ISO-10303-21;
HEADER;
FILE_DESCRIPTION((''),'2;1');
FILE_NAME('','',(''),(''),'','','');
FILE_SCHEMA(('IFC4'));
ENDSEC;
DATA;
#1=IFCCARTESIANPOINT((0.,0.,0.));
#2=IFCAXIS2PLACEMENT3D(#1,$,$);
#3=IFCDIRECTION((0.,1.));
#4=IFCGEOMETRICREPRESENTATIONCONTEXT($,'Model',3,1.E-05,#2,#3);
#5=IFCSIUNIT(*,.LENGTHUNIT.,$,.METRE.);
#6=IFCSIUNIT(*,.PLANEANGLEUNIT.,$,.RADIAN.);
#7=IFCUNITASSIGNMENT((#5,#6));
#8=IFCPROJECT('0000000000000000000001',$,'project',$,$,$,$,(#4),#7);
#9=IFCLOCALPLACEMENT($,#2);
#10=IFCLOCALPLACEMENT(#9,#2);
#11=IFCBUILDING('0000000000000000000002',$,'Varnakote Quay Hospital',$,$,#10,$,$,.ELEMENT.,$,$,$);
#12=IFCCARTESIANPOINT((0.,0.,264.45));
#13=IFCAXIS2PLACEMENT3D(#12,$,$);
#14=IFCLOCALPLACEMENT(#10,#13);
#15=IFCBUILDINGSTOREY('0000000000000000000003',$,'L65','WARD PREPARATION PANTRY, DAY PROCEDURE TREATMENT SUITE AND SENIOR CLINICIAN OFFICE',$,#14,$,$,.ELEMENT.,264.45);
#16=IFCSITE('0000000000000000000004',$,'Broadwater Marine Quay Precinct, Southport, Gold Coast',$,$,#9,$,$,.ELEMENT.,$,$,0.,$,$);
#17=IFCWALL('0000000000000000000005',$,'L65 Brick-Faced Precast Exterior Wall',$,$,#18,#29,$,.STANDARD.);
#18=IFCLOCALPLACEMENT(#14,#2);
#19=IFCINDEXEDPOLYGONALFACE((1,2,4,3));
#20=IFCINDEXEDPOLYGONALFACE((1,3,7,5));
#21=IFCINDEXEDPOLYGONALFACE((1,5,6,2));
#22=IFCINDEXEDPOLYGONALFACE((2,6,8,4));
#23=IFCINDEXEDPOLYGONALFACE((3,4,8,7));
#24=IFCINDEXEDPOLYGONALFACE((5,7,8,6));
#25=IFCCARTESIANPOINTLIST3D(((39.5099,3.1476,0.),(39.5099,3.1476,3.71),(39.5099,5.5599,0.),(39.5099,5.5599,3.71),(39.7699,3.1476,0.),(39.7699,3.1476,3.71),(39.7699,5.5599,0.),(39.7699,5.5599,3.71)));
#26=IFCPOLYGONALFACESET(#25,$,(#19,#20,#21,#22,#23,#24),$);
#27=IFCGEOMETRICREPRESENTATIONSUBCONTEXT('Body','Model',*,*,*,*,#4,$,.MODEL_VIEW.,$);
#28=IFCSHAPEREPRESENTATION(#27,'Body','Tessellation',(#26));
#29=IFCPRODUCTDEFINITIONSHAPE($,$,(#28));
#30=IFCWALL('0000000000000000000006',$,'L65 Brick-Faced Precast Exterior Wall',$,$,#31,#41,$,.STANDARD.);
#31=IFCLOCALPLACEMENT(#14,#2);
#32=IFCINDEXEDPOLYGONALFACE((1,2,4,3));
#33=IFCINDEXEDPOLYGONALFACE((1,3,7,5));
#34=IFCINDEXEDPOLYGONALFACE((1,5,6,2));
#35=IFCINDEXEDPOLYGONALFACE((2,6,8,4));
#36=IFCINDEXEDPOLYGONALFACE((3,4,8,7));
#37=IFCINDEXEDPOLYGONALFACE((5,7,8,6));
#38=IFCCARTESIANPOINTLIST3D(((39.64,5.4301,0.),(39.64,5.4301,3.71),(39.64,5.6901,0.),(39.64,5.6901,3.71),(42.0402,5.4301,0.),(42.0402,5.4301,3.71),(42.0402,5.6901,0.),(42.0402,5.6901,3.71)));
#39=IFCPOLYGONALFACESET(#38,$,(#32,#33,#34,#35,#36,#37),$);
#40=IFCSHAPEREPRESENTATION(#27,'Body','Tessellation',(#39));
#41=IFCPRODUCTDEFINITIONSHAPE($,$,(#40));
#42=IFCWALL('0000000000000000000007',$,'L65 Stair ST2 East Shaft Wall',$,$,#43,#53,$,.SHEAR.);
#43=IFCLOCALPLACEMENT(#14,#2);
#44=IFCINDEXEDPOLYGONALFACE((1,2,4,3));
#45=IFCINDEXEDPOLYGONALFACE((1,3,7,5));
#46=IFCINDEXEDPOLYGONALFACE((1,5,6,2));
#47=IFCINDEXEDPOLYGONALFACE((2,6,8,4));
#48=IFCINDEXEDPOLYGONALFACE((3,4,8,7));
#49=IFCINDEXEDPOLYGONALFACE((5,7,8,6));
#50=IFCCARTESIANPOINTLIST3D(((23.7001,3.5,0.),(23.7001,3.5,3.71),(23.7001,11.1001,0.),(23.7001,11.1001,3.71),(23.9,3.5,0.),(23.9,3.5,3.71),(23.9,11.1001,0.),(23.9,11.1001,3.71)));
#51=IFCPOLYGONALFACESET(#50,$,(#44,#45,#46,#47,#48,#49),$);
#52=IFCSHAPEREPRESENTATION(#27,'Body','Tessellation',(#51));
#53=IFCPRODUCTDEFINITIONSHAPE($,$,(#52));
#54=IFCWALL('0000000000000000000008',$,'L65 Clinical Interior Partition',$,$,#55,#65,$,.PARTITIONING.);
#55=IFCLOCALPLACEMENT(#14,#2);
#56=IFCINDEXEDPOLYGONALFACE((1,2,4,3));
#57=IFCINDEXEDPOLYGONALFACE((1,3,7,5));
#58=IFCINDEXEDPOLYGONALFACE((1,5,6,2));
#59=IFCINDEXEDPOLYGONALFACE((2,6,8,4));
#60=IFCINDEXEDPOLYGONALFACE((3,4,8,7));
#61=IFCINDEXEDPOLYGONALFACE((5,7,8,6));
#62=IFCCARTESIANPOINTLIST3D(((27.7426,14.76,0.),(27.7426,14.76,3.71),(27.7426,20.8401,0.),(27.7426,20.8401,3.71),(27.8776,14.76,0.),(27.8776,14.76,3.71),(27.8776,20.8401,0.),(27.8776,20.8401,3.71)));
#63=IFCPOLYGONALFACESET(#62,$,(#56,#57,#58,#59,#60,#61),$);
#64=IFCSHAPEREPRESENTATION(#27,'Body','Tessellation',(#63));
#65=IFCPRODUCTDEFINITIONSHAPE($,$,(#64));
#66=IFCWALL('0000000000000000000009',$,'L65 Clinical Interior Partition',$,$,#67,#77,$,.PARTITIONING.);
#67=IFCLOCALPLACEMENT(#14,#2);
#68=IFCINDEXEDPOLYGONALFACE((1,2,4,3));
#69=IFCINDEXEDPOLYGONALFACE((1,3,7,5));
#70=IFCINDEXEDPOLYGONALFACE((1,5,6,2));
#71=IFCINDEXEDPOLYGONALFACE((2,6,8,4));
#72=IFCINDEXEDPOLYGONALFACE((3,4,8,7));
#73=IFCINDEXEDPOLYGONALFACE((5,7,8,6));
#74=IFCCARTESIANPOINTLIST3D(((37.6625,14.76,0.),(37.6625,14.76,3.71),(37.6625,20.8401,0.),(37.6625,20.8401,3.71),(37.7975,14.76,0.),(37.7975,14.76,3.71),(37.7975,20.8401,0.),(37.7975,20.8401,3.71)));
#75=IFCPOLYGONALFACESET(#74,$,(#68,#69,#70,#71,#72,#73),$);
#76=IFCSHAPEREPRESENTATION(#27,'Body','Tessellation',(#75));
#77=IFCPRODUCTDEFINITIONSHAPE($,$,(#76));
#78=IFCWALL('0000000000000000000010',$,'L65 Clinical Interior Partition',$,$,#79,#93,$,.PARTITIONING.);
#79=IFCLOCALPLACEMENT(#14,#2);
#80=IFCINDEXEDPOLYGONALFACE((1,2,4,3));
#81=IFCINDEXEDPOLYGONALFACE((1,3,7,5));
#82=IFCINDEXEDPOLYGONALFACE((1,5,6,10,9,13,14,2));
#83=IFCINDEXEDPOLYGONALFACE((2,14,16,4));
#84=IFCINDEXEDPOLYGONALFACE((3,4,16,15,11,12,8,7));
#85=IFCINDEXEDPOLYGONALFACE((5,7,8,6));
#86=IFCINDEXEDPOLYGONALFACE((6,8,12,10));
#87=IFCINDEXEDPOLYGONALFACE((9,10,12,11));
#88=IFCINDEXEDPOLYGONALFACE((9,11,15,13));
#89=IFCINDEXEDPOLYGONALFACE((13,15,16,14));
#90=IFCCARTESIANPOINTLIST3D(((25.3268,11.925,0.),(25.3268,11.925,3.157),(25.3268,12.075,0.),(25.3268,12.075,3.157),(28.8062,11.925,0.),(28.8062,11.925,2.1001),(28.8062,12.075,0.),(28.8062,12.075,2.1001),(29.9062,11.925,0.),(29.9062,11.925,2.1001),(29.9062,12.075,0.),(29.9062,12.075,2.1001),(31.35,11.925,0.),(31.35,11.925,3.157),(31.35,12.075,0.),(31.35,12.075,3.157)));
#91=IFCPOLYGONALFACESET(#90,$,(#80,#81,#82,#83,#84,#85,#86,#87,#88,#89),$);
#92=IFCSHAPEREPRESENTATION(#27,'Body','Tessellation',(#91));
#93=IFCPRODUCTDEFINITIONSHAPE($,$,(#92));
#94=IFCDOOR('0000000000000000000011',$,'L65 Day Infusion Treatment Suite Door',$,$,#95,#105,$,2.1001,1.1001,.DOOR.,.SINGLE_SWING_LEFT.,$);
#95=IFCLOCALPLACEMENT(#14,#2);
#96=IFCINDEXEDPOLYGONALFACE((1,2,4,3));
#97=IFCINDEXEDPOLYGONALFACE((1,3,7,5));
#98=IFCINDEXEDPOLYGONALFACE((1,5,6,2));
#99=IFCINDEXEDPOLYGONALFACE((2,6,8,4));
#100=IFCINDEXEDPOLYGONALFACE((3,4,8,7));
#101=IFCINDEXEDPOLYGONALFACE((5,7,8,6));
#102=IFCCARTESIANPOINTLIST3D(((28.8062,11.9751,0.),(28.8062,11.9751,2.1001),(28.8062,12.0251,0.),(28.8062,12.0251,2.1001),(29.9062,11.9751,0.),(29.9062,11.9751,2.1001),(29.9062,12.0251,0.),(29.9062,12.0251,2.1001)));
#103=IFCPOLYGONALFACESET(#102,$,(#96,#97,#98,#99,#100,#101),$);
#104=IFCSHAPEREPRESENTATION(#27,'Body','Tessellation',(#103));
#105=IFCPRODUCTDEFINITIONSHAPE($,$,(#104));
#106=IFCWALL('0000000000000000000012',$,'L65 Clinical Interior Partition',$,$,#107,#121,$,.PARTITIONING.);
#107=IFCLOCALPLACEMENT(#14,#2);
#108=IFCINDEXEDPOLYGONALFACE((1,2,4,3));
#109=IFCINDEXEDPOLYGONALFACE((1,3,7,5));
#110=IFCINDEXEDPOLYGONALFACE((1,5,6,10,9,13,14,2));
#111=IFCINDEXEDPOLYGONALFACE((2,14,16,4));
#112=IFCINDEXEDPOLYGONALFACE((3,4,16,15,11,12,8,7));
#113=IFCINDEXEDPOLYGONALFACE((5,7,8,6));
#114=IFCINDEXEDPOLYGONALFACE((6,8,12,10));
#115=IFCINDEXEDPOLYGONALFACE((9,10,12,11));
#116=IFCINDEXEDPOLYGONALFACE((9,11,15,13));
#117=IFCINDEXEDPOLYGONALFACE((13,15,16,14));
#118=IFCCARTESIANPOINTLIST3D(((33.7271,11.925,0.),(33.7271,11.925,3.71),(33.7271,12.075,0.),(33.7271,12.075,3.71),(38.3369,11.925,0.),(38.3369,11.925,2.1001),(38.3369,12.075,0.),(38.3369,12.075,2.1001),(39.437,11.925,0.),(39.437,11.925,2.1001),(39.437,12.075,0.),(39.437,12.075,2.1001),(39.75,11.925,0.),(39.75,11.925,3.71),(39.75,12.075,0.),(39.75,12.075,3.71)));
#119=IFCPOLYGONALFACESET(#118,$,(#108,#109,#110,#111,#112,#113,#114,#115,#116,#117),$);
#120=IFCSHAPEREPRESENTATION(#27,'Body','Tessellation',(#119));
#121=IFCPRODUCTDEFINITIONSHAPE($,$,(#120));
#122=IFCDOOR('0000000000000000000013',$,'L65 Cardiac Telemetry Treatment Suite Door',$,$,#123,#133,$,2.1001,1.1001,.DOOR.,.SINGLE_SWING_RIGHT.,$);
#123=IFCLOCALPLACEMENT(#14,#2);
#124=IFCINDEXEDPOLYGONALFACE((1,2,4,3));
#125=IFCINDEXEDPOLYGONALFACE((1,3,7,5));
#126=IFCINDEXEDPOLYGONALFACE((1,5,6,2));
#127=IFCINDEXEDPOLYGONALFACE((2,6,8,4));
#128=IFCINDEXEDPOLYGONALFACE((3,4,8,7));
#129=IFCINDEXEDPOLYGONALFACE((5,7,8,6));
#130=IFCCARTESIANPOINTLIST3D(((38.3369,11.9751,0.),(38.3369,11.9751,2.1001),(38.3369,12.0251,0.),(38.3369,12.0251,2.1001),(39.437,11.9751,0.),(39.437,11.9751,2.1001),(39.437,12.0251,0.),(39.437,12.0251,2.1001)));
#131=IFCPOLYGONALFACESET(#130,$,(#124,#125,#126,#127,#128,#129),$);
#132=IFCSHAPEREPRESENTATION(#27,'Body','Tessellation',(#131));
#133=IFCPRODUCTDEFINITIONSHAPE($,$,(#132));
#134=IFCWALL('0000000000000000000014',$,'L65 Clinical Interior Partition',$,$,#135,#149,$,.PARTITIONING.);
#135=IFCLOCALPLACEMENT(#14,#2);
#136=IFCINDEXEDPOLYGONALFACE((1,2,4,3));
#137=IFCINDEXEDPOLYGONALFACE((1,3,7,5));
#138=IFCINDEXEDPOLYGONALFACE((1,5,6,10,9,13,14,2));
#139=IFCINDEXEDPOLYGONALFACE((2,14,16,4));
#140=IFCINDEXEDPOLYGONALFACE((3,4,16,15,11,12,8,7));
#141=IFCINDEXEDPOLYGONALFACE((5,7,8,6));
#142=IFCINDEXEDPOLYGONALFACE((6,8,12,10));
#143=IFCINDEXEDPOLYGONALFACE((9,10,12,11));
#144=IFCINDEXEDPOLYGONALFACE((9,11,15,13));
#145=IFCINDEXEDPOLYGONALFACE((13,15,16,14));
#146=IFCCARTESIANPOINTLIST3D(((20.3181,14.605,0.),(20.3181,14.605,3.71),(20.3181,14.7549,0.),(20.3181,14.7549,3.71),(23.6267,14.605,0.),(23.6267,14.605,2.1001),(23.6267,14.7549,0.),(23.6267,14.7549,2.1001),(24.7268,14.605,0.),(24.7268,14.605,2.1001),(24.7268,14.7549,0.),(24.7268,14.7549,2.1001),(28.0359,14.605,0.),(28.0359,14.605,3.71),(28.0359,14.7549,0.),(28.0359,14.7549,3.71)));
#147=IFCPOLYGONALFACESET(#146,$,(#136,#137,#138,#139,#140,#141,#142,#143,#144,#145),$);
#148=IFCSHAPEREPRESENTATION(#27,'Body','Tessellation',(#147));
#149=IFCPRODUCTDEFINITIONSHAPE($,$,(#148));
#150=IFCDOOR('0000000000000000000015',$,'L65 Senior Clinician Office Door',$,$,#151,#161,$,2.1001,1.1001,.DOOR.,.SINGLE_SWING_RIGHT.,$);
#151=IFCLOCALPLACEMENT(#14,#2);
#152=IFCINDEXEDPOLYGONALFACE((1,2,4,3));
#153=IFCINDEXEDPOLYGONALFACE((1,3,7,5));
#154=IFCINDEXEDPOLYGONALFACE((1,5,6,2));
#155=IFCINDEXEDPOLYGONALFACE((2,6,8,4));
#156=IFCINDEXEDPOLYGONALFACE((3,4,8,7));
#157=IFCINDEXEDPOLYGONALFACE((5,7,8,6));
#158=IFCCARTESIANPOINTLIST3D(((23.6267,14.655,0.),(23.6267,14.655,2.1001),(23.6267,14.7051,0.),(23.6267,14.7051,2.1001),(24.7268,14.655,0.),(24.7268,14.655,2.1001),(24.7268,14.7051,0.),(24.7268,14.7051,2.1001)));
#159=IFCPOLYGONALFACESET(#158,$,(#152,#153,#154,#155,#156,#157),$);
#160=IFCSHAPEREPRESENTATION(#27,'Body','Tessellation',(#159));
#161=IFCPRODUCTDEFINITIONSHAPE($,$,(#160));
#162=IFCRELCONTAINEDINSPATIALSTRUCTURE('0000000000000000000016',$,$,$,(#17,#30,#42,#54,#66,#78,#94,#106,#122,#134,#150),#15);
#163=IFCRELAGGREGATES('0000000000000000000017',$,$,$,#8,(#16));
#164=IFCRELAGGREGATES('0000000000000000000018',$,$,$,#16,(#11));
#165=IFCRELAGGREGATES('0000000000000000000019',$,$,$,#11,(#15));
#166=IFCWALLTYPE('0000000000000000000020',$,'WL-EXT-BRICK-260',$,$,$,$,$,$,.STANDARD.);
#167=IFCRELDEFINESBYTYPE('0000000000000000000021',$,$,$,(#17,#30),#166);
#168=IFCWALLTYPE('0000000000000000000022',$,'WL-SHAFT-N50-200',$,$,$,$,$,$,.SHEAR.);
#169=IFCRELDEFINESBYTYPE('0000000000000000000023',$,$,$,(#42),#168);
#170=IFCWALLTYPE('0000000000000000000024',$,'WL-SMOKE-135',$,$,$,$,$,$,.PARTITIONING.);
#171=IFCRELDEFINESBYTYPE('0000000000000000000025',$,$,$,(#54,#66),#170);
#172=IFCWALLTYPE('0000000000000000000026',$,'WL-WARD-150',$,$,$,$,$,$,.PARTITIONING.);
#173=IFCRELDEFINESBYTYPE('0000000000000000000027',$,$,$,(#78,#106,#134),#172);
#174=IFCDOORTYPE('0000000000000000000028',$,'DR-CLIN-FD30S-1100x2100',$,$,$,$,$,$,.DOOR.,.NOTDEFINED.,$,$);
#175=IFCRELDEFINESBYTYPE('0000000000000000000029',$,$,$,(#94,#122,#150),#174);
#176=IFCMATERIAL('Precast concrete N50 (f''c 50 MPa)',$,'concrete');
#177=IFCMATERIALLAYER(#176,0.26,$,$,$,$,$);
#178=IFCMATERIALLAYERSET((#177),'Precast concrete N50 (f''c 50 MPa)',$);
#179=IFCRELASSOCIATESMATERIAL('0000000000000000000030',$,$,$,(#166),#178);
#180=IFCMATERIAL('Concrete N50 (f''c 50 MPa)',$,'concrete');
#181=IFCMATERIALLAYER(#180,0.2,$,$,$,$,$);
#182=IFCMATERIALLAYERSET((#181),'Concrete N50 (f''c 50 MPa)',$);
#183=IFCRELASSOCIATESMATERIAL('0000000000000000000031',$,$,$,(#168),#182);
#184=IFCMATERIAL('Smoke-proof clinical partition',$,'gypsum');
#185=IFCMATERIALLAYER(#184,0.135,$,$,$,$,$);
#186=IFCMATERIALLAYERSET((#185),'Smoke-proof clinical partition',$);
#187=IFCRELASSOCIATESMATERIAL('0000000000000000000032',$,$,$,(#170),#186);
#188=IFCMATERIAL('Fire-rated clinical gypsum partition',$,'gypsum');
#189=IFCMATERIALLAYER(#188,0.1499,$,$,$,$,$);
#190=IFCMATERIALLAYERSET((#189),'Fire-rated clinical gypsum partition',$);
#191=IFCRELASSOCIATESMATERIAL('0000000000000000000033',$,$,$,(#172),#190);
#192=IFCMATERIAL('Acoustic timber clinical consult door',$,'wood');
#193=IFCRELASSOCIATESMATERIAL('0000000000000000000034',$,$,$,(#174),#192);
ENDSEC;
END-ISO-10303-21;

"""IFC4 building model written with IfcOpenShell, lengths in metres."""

from ifc_helpers import new_model, si_unit, direction, frame, frame_2d, origin, place, context, subcontext, project, spatial, rectangle, extrude, material, layer, layer_set, type_object, element, fill, save


model = new_model("IFC4")

# Units and contexts
model_context = context("Model", 3, precision=1e-05, world=origin(), true_north=direction((0.0, 1.0)))
body_context = subcontext(model_context, "Body", "Model", "MODEL_VIEW")
ifc_project = project(units=[si_unit("LENGTHUNIT", "METRE"), si_unit("PLANEANGLEUNIT", "RADIAN")], contexts=[model_context])

# Site, building, storey
site_placement = place(None, origin())
site = spatial("IfcSite", under=ifc_project, at=site_placement, Name="Broadwater Marine Quay Precinct, Southport, Gold Coast", CompositionType="ELEMENT", RefElevation=0.0)
building_placement = place(site_placement, origin())
building = spatial("IfcBuilding", under=site, at=building_placement, Name="Varnakote Quay Hospital", CompositionType="ELEMENT")
storey_placement = place(building_placement, frame((0.0, 0.0, 264.45)))
storey = spatial("IfcBuildingStorey", under=building, at=storey_placement, Name="L65", Description="WARD PREPARATION PANTRY, DAY PROCEDURE TREATMENT SUITE AND SENIOR CLINICIAN OFFICE", CompositionType="ELEMENT", Elevation=264.45)

# Walls
ifc_material_1 = material(Name="Precast concrete N50 (f'c 50 MPa)", Category="concrete")
ifc_layer_1 = layer(ifc_material_1, 0.26)
ifc_layer_set_1 = layer_set([ifc_layer_1], Name="Precast concrete N50 (f'c 50 MPa)")
wall_type_1 = type_object("IfcWallType", Name="WL-EXT-BRICK-260", PredefinedType="STANDARD", material=ifc_layer_set_1)
wall_1_placement = place(storey_placement, frame((39.6399, 3.1477, 0.0), z_axis=(0.0, 0.0, 1.0), x_axis=(0.0, 1.0, 0.0)))
element("IfcWall", 1, at=wall_1_placement, inside=storey, type_object=wall_type_1, Name="L65 Brick-Faced Precast Exterior Wall", PredefinedType="STANDARD", context=body_context, shape_type="SweptSolid", body=[
    extrude(rectangle(XDim=2.4124, YDim=0.26, at=frame_2d((1.2061, 0.0))), origin(), (0.0, 0.0, 1.0), 3.71),
])
wall_2_placement = place(storey_placement, frame((39.6399, 5.5601, 0.0), z_axis=(0.0, 0.0, 1.0), x_axis=(1.0, 0.0, 0.0)))
element("IfcWall", 2, at=wall_2_placement, inside=storey, type_object=wall_type_1, Name="L65 Brick-Faced Precast Exterior Wall", PredefinedType="STANDARD", context=body_context, shape_type="SweptSolid", body=[
    extrude(rectangle(XDim=2.4001, YDim=0.26, at=frame_2d((1.2002, 0.0))), origin(), (0.0, 0.0, 1.0), 3.71),
])
ifc_material_2 = material(Name="Concrete N50 (f'c 50 MPa)", Category="concrete")
ifc_layer_2 = layer(ifc_material_2, 0.2)
ifc_layer_set_2 = layer_set([ifc_layer_2], Name="Concrete N50 (f'c 50 MPa)")
wall_type_2 = type_object("IfcWallType", Name="WL-SHAFT-N50-200", PredefinedType="SHEAR", material=ifc_layer_set_2)
wall_3_placement = place(storey_placement, frame((23.8, 3.5, 0.0), z_axis=(0.0, 0.0, 1.0), x_axis=(0.0, 1.0, 0.0)))
element("IfcWall", 3, at=wall_3_placement, inside=storey, type_object=wall_type_2, Name="L65 Stair ST2 East Shaft Wall", PredefinedType="SHEAR", context=body_context, shape_type="SweptSolid", body=[
    extrude(rectangle(XDim=7.6001, YDim=0.2, at=frame_2d((3.8, 0.0))), origin(), (0.0, 0.0, 1.0), 3.71),
])
ifc_material_3 = material(Name="Smoke-proof clinical partition", Category="gypsum")
ifc_layer_3 = layer(ifc_material_3, 0.135)
ifc_layer_set_3 = layer_set([ifc_layer_3], Name="Smoke-proof clinical partition")
wall_type_3 = type_object("IfcWallType", Name="WL-SMOKE-135", PredefinedType="PARTITIONING", material=ifc_layer_set_3)
for number, where, z_axis, x_axis, name in (
    (4, (27.8101, 14.76, 0.0), (0.0, 0.0, 1.0), (0.0, 1.0, 0.0), "L65 Clinical Interior Partition"),
    (5, (37.73, 14.76, 0.0), (0.0, 0.0, 1.0), (0.0, 1.0, 0.0), "L65 Clinical Interior Partition"),
):
    element("IfcWall", number, at=place(storey_placement, frame(where, z_axis=z_axis, x_axis=x_axis)), inside=storey, type_object=wall_type_3, Name=name, PredefinedType="PARTITIONING", context=body_context, shape_type="SweptSolid", body=[
        extrude(rectangle(XDim=6.0801, YDim=0.135, at=frame_2d((3.04, 0.0))), origin(), (0.0, 0.0, 1.0), 3.71),
    ])

# Walls, openings, doors
ifc_material_4 = material(Name="Fire-rated clinical gypsum partition", Category="gypsum")
ifc_layer_4 = layer(ifc_material_4, 0.1499)
ifc_layer_set_4 = layer_set([ifc_layer_4], Name="Fire-rated clinical gypsum partition")
wall_type_4 = type_object("IfcWallType", Name="WL-WARD-150", PredefinedType="PARTITIONING", material=ifc_layer_set_4)
wall_4_placement = place(storey_placement, frame((31.3501, 12.0, 0.0), z_axis=(0.0, 0.0, 1.0), x_axis=(-1.0, 0.0, 0.0)))
wall_4 = element("IfcWall", 6, at=wall_4_placement, inside=storey, type_object=wall_type_4, Name="L65 Clinical Interior Partition", PredefinedType="PARTITIONING", context=body_context, shape_type="SweptSolid", body=[
    extrude(rectangle(XDim=6.0232, YDim=0.1499, at=frame_2d((3.0117, 0.0))), origin(), (0.0, 0.0, 1.0), 3.157),
])
opening_1_placement = place(wall_4_placement, frame((1.4438, 0.0, 0.0)))
opening_1 = element("IfcOpeningElement", 7, at=opening_1_placement, cuts=wall_4, PredefinedType="OPENING", context=body_context, shape_type="SweptSolid", body=[
    extrude(rectangle(XDim=1.1001, YDim=2.1001, at=frame_2d((0.55, 1.05))), frame((0.0, 0.085, 0.0), z_axis=(0.0, -1.0, 0.0), x_axis=(1.0, 0.0, 0.0)), (0.0, 0.0, 1.0), 0.1699),
])
ifc_material_5 = material(Name="Acoustic timber clinical consult door", Category="wood")
door_type = type_object("IfcDoorType", Name="DR-CLIN-FD30S-1100x2100", OperationType="NOTDEFINED", PredefinedType="DOOR", material=ifc_material_5)
door_1_placement = place(opening_1_placement, origin())
door_1 = element("IfcDoor", 8, at=door_1_placement, inside=storey, type_object=door_type, Name="L65 Day Infusion Treatment Suite Door", OperationType="SINGLE_SWING_LEFT", OverallHeight=2.1001, OverallWidth=1.1001, PredefinedType="DOOR", context=body_context, shape_type="SweptSolid", body=[
    extrude(rectangle(XDim=1.1001, YDim=2.1001, at=frame_2d((0.55, 1.05))), frame((0.0, 0.0249, 0.0), z_axis=(0.0, -1.0, 0.0), x_axis=(1.0, 0.0, 0.0)), (0.0, 0.0, 1.0), 0.05),
])
fill(opening_1, door_1)
wall_5_placement = place(storey_placement, frame((39.75, 12.0, 0.0), z_axis=(0.0, 0.0, 1.0), x_axis=(-1.0, 0.0, 0.0)))
wall_5 = element("IfcWall", 9, at=wall_5_placement, inside=storey, type_object=wall_type_4, Name="L65 Clinical Interior Partition", PredefinedType="PARTITIONING", context=body_context, shape_type="SweptSolid", body=[
    extrude(rectangle(XDim=6.0229, YDim=0.1499, at=frame_2d((3.0115, 0.0))), origin(), (0.0, 0.0, 1.0), 3.71),
])
opening_2_placement = place(wall_5_placement, frame((0.313, 0.0, 0.0)))
opening_2 = element("IfcOpeningElement", 10, at=opening_2_placement, cuts=wall_5, PredefinedType="OPENING", context=body_context, shape_type="SweptSolid", body=[
    extrude(rectangle(XDim=1.1001, YDim=2.1001, at=frame_2d((0.55, 1.05))), frame((0.0, 0.085, 0.0), z_axis=(0.0, -1.0, 0.0), x_axis=(1.0, 0.0, 0.0)), (0.0, 0.0, 1.0), 0.1699),
])
door_2_placement = place(opening_2_placement, origin())
door_2 = element("IfcDoor", 11, at=door_2_placement, inside=storey, type_object=door_type, Name="L65 Cardiac Telemetry Treatment Suite Door", OperationType="SINGLE_SWING_RIGHT", OverallHeight=2.1001, OverallWidth=1.1001, PredefinedType="DOOR", context=body_context, shape_type="SweptSolid", body=[
    extrude(rectangle(XDim=1.1001, YDim=2.1001, at=frame_2d((0.55, 1.05))), frame((0.0, 0.0249, 0.0), z_axis=(0.0, -1.0, 0.0), x_axis=(1.0, 0.0, 0.0)), (0.0, 0.0, 1.0), 0.05),
])
fill(opening_2, door_2)
wall_6_placement = place(storey_placement, frame((28.0359, 14.6799, 0.0), z_axis=(0.0, 0.0, 1.0), x_axis=(-1.0, 0.0, 0.0)))
wall_6 = element("IfcWall", 12, at=wall_6_placement, inside=storey, type_object=wall_type_4, Name="L65 Clinical Interior Partition", PredefinedType="PARTITIONING", context=body_context, shape_type="SweptSolid", body=[
    extrude(rectangle(XDim=7.7178, YDim=0.1499, at=frame_2d((3.8589, 0.0))), origin(), (0.0, 0.0, 1.0), 3.71),
])
opening_3_placement = place(wall_6_placement, frame((3.3091, 0.0, 0.0)))
opening_3 = element("IfcOpeningElement", 13, at=opening_3_placement, cuts=wall_6, PredefinedType="OPENING", context=body_context, shape_type="SweptSolid", body=[
    extrude(rectangle(XDim=1.1001, YDim=2.1001, at=frame_2d((0.55, 1.05))), frame((0.0, 0.085, 0.0), z_axis=(0.0, -1.0, 0.0), x_axis=(1.0, 0.0, 0.0)), (0.0, 0.0, 1.0), 0.1699),
])
door_3_placement = place(opening_3_placement, origin())
door_3 = element("IfcDoor", 14, at=door_3_placement, inside=storey, type_object=door_type, Name="L65 Senior Clinician Office Door", OperationType="SINGLE_SWING_RIGHT", OverallHeight=2.1001, OverallWidth=1.1001, PredefinedType="DOOR", context=body_context, shape_type="SweptSolid", body=[
    extrude(rectangle(XDim=1.1001, YDim=2.1001, at=frame_2d((0.55, 1.05))), frame((0.0, 0.0249, 0.0), z_axis=(0.0, -1.0, 0.0), x_axis=(1.0, 0.0, 0.0)), (0.0, 0.0, 1.0), 0.05),
])
fill(opening_3, door_3)

save(model, "model.ifc")
